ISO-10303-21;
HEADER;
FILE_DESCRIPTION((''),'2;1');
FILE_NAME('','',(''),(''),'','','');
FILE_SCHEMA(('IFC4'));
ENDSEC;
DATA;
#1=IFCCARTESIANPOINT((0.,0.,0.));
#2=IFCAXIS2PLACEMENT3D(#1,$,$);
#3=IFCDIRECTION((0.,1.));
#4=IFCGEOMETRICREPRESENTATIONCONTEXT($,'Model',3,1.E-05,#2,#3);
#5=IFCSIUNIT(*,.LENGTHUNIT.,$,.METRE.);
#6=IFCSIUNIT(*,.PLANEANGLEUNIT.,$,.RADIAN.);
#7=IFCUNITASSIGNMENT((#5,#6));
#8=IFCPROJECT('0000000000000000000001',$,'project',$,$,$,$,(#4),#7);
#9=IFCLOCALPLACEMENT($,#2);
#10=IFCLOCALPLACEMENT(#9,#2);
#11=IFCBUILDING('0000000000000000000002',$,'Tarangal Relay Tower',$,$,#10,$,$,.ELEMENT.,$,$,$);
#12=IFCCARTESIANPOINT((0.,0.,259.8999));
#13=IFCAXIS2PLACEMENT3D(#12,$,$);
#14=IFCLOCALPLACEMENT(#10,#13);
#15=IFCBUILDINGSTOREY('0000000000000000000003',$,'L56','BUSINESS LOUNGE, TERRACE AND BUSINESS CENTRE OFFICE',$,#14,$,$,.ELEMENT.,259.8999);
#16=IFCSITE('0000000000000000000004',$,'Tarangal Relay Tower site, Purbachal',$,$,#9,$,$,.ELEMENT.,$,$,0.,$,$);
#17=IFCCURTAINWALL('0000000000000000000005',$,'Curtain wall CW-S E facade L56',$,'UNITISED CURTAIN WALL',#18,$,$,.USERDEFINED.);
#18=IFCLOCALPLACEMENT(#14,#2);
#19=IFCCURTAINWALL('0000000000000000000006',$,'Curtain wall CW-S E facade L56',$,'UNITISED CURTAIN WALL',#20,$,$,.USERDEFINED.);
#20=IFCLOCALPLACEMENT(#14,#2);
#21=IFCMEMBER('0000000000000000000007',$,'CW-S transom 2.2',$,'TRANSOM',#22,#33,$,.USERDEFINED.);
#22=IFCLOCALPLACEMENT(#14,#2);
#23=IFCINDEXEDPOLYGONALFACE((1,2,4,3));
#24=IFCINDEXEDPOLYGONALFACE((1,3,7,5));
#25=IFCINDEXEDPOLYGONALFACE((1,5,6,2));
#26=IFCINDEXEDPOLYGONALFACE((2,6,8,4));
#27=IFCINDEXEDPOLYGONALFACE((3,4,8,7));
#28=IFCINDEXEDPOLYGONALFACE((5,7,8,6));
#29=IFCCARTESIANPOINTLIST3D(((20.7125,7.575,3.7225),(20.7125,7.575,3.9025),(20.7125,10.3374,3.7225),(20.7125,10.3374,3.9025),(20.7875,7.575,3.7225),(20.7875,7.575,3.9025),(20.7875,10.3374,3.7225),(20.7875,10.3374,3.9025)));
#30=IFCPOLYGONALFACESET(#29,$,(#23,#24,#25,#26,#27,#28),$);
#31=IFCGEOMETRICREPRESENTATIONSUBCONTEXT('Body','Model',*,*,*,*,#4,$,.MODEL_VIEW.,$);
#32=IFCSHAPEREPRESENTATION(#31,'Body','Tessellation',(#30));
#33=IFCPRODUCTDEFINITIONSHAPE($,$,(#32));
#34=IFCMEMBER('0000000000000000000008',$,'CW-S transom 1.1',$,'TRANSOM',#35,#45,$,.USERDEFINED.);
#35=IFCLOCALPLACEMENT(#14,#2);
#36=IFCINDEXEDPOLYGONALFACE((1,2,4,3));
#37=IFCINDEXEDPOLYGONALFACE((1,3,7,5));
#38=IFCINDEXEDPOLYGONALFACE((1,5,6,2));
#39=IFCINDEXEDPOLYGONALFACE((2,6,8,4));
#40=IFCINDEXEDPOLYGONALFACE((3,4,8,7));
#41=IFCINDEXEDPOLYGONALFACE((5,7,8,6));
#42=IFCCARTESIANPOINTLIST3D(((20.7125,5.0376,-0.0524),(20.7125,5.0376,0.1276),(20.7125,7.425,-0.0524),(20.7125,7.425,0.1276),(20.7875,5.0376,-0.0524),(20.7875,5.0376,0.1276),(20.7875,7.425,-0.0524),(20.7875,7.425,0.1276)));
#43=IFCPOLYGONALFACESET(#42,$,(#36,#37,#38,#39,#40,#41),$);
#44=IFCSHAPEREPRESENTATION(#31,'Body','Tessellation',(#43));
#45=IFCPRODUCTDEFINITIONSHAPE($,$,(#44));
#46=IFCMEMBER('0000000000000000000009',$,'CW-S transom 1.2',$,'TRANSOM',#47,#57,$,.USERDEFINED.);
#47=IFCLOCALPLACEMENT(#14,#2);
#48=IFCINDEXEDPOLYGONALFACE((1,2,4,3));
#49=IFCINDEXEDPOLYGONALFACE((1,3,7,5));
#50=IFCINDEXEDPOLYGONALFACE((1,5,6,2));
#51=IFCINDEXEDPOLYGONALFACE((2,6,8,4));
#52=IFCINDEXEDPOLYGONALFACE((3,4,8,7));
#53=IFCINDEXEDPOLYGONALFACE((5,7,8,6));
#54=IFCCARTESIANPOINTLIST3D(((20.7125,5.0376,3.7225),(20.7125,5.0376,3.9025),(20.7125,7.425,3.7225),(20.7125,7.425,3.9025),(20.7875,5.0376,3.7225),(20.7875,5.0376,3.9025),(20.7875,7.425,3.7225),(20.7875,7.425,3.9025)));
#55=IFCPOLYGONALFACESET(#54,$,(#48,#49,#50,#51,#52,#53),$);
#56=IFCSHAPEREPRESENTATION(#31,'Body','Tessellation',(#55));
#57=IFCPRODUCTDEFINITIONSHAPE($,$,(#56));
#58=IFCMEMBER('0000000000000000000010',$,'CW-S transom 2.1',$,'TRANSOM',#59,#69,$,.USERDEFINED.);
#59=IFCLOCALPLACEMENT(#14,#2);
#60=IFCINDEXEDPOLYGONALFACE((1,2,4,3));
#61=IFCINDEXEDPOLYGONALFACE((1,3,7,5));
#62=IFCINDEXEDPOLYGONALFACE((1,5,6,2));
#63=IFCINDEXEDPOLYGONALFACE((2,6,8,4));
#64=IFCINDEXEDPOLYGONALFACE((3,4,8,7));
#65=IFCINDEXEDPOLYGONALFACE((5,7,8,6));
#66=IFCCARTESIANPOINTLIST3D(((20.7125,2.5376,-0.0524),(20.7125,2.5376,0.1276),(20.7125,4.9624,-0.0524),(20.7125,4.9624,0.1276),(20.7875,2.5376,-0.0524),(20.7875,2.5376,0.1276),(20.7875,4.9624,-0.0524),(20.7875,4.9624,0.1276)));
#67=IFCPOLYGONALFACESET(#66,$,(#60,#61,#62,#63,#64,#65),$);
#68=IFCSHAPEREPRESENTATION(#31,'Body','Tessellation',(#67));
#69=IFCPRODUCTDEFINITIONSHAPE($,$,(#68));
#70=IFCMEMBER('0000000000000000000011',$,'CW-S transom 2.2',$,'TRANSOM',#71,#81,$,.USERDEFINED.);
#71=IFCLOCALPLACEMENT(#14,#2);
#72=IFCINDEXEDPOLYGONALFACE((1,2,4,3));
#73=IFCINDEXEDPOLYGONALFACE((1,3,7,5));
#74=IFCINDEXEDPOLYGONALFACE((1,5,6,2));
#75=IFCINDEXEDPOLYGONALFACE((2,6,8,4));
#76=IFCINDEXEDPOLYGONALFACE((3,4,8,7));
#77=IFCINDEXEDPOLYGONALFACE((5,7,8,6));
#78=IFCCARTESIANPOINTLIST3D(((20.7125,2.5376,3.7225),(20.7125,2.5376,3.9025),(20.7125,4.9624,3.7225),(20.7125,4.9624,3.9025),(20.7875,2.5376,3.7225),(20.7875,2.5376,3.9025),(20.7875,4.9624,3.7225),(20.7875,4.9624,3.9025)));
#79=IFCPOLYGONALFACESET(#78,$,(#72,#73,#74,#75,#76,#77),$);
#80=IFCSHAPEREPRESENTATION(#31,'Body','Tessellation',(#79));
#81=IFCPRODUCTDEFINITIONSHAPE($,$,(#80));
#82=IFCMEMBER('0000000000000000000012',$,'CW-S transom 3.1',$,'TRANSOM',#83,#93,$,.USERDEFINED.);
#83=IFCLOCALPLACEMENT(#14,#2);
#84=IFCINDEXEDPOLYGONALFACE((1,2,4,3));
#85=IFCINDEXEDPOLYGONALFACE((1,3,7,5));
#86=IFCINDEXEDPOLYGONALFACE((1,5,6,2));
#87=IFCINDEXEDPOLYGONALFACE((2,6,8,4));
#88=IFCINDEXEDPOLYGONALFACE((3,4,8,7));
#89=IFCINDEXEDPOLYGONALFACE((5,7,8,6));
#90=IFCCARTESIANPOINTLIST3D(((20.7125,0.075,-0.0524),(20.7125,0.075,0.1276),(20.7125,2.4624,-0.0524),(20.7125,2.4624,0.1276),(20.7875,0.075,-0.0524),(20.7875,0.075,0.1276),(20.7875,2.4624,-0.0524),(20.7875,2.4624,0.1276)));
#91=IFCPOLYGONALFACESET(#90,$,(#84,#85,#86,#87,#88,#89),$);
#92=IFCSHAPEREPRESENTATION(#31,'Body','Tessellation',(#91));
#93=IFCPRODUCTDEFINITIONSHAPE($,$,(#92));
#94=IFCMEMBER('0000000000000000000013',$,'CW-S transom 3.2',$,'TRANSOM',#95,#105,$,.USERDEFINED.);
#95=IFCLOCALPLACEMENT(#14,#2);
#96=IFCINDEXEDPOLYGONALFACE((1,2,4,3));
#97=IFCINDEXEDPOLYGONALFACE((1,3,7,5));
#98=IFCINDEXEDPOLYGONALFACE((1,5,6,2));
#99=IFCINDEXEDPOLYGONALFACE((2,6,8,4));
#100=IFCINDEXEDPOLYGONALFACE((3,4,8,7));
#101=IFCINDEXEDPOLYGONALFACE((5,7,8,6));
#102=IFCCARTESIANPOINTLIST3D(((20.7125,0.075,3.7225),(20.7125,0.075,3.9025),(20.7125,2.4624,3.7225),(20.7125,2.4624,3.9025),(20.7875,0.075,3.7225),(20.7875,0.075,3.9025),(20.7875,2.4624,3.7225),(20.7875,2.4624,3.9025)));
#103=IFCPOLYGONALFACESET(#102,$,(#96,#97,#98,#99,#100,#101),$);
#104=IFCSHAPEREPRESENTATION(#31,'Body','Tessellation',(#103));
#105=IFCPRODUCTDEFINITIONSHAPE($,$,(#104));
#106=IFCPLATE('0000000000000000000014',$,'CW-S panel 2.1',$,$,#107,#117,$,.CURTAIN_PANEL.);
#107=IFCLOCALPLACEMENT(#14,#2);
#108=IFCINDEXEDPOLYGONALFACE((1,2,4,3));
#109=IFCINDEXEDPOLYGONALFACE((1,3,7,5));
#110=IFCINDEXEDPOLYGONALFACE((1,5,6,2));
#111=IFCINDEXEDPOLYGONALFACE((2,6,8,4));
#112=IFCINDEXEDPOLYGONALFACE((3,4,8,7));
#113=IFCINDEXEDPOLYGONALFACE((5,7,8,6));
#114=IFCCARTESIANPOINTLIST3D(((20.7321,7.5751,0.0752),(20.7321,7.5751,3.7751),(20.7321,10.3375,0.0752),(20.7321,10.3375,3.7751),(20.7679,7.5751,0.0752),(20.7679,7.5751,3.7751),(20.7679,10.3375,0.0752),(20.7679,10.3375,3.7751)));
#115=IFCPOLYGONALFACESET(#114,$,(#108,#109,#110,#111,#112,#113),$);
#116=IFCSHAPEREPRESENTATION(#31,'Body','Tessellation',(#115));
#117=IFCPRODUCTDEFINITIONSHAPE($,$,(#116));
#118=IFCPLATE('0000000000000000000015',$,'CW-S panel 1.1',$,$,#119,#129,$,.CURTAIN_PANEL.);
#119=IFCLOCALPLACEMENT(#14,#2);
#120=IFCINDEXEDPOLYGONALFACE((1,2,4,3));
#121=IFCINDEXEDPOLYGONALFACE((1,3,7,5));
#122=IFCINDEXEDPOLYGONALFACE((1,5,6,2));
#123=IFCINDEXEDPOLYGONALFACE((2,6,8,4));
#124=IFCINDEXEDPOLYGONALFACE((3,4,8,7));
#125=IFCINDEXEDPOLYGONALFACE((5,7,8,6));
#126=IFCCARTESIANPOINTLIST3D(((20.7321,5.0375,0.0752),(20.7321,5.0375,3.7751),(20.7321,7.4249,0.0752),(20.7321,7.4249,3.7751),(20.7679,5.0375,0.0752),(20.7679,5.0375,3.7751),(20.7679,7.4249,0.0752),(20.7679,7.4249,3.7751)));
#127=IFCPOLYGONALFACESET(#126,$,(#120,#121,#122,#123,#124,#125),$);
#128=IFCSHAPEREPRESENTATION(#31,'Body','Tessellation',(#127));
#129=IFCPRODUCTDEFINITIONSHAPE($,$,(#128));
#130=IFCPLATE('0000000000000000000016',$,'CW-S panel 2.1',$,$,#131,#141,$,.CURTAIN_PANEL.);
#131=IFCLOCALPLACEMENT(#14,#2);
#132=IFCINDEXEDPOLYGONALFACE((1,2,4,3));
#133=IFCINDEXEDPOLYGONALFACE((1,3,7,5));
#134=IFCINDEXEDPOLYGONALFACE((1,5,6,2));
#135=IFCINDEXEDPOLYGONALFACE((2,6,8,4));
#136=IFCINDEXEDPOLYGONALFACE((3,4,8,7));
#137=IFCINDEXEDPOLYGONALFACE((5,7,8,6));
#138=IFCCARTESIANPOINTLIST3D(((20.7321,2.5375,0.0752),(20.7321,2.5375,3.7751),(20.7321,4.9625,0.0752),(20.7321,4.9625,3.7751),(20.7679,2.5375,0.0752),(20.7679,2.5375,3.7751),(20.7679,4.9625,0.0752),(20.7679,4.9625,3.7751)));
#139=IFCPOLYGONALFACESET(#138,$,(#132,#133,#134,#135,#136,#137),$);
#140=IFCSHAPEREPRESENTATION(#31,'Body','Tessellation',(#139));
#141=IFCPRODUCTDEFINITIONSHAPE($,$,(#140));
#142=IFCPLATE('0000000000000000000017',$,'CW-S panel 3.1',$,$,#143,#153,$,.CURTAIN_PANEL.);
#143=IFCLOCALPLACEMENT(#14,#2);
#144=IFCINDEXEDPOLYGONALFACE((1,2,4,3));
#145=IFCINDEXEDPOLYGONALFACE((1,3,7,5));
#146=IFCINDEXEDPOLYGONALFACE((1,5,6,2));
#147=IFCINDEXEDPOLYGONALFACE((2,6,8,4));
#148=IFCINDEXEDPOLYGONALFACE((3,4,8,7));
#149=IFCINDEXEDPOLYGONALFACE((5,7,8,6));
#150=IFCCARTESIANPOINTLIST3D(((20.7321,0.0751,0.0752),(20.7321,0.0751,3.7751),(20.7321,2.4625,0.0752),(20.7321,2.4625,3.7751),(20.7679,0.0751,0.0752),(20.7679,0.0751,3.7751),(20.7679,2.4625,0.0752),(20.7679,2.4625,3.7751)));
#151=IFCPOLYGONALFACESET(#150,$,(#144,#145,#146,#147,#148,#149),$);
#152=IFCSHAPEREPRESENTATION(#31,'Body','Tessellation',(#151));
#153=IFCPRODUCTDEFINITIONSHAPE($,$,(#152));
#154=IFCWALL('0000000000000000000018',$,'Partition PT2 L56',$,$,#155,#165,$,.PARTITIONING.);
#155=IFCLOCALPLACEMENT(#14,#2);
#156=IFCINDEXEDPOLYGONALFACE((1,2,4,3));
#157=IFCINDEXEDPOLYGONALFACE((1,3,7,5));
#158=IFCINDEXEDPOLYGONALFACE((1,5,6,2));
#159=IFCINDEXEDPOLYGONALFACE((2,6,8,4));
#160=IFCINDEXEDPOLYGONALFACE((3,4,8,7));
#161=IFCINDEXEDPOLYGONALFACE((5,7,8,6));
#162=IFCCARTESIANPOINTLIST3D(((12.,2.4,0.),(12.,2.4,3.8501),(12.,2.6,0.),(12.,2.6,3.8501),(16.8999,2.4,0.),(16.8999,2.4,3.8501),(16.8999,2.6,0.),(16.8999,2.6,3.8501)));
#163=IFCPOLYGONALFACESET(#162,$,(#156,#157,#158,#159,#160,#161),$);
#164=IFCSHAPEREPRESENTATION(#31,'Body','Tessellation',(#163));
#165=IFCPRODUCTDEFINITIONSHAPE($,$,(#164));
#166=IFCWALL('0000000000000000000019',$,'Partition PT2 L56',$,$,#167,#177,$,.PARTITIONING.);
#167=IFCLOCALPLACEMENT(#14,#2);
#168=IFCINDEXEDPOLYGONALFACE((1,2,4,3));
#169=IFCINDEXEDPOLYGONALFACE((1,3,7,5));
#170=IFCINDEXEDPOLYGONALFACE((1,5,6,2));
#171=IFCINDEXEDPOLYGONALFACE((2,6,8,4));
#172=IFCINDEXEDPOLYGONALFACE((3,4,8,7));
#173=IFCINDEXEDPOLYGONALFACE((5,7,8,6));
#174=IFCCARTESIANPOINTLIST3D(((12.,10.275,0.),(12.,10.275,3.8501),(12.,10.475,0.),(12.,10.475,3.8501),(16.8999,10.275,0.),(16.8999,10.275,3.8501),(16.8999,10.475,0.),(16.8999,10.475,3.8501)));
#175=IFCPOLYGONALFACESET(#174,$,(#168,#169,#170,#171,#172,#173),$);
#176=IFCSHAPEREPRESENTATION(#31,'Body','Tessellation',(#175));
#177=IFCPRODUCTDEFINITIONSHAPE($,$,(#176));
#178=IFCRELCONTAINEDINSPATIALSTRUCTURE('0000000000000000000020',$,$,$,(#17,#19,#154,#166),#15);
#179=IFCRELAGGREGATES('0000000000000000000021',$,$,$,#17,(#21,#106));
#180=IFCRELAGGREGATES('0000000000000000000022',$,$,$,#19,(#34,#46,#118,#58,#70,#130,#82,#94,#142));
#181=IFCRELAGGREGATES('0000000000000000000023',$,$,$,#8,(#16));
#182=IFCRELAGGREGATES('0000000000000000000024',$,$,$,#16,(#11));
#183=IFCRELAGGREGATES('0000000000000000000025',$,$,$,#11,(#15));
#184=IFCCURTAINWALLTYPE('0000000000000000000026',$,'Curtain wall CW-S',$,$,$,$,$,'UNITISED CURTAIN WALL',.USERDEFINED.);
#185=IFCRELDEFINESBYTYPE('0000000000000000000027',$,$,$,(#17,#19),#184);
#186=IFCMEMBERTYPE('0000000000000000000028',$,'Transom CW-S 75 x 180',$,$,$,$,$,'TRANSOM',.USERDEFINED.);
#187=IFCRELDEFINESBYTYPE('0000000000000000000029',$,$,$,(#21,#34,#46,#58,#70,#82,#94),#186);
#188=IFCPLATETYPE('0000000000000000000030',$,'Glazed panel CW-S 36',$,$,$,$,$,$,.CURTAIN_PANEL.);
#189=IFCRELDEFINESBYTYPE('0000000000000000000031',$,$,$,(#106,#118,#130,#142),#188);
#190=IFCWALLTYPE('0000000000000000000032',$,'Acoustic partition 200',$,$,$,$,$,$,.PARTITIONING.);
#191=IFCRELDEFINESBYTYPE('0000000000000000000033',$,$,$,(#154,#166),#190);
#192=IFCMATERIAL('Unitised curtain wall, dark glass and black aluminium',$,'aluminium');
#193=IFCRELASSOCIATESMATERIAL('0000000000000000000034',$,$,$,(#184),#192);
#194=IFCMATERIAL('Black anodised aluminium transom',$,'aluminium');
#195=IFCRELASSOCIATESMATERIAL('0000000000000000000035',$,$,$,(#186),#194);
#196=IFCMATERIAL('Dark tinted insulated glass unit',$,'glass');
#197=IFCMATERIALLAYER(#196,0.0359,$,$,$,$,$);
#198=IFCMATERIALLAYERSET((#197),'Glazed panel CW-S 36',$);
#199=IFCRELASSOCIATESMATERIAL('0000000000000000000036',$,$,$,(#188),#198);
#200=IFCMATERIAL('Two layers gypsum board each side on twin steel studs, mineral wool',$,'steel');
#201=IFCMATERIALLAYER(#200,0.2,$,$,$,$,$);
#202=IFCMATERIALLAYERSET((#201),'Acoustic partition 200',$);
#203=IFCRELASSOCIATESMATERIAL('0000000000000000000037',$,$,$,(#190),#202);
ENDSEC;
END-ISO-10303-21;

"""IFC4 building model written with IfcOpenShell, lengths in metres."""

from ifc_helpers import new_model, si_unit, direction, frame, frame_2d, origin, origin_2d, place, context, subcontext, project, spatial, rectangle, extrude, material, layer, layer_set, material_profile, profile_set, type_object, element, aggregate, save


model = new_model("IFC4")

# Units and contexts
model_context = context("Model", 3, precision=1e-05, world=origin(), true_north=direction((0.0, 1.0)))
body_context = subcontext(model_context, "Body", "Model", "MODEL_VIEW")
ifc_project = project(units=[si_unit("LENGTHUNIT", "METRE"), si_unit("PLANEANGLEUNIT", "RADIAN")], contexts=[model_context])

# Site, building, storey
site_placement = place(None, origin())
site = spatial("IfcSite", under=ifc_project, at=site_placement, Name="Tarangal Relay Tower site, Purbachal", CompositionType="ELEMENT", RefElevation=0.0)
building_placement = place(site_placement, origin())
building = spatial("IfcBuilding", under=site, at=building_placement, Name="Tarangal Relay Tower", CompositionType="ELEMENT")
storey_placement = place(building_placement, frame((0.0, 0.0, 259.8999)))
storey = spatial("IfcBuildingStorey", under=building, at=storey_placement, Name="L56", Description="BUSINESS LOUNGE, TERRACE AND BUSINESS CENTRE OFFICE", CompositionType="ELEMENT", Elevation=259.8999)

# Curtain wall
ifc_material_1 = material(Name="Unitised curtain wall, dark glass and black aluminium", Category="aluminium")
curtain_wall_type = type_object("IfcCurtainWallType", Name="Curtain wall CW-S", ElementType="UNITISED CURTAIN WALL", PredefinedType="USERDEFINED", material=ifc_material_1)
curtain_wall_1_placement = place(storey_placement, origin())
curtain_wall_1 = element("IfcCurtainWall", 1, at=curtain_wall_1_placement, inside=storey, type_object=curtain_wall_type, Name="Curtain wall CW-S E facade L56", ObjectType="UNITISED CURTAIN WALL", PredefinedType="USERDEFINED")

# Curtain wall
curtain_wall_2_placement = place(storey_placement, origin())
curtain_wall_2 = element("IfcCurtainWall", 2, at=curtain_wall_2_placement, inside=storey, type_object=curtain_wall_type, Name="Curtain wall CW-S E facade L56", ObjectType="UNITISED CURTAIN WALL", PredefinedType="USERDEFINED")

# Members
ifc_material_2 = material(Name="Black anodised aluminium transom", Category="aluminium")
ifc_material_profile_1 = material_profile(ifc_material_2, rectangle(XDim=0.075, YDim=0.1799, at=origin_2d()), Name="CW-ST 75X180")
ifc_profile_set_1 = profile_set([ifc_material_profile_1], Name="Black anodised aluminium transom")
member_type_1 = type_object("IfcMemberType", Name="Transom CW-S 75 x 180", ElementType="TRANSOM", PredefinedType="USERDEFINED", material=ifc_profile_set_1)
member_1_placement = place(storey_placement, frame((20.75, 10.3374, 3.8125), z_axis=(0.0, -1.0, 0.0), x_axis=(1.0, 0.0, 0.0)))
member_1 = element("IfcMember", 3, at=member_1_placement, type_object=member_type_1, Name="CW-S transom 2.2", ObjectType="TRANSOM", PredefinedType="USERDEFINED", context=body_context, shape_type="SweptSolid", body=[
    extrude(rectangle(XDim=0.075, YDim=0.1799, at=origin_2d()), origin(), (0.0, 0.0, 1.0), 2.7625),
])
member_2_placement = place(storey_placement, frame((20.75, 7.425, 0.0376), z_axis=(0.0, -1.0, 0.0), x_axis=(1.0, 0.0, 0.0)))
member_2 = element("IfcMember", 4, at=member_2_placement, type_object=member_type_1, Name="CW-S transom 1.1", ObjectType="TRANSOM", PredefinedType="USERDEFINED", context=body_context, shape_type="SweptSolid", body=[
    extrude(rectangle(XDim=0.075, YDim=0.1799, at=origin_2d()), origin(), (0.0, 0.0, 1.0), 2.3875),
])
member_3_placement = place(storey_placement, frame((20.75, 7.425, 3.8125), z_axis=(0.0, -1.0, 0.0), x_axis=(1.0, 0.0, 0.0)))
member_3 = element("IfcMember", 5, at=member_3_placement, type_object=member_type_1, Name="CW-S transom 1.2", ObjectType="TRANSOM", PredefinedType="USERDEFINED", context=body_context, shape_type="SweptSolid", body=[
    extrude(rectangle(XDim=0.075, YDim=0.1799, at=origin_2d()), origin(), (0.0, 0.0, 1.0), 2.3875),
])
member_4_placement = place(storey_placement, frame((20.75, 4.9624, 0.0376), z_axis=(0.0, -1.0, 0.0), x_axis=(1.0, 0.0, 0.0)))
member_4 = element("IfcMember", 6, at=member_4_placement, type_object=member_type_1, Name="CW-S transom 2.1", ObjectType="TRANSOM", PredefinedType="USERDEFINED", context=body_context, shape_type="SweptSolid", body=[
    extrude(rectangle(XDim=0.075, YDim=0.1799, at=origin_2d()), origin(), (0.0, 0.0, 1.0), 2.4248),
])
member_5_placement = place(storey_placement, frame((20.75, 4.9624, 3.8125), z_axis=(0.0, -1.0, 0.0), x_axis=(1.0, 0.0, 0.0)))
member_5 = element("IfcMember", 7, at=member_5_placement, type_object=member_type_1, Name="CW-S transom 2.2", ObjectType="TRANSOM", PredefinedType="USERDEFINED", context=body_context, shape_type="SweptSolid", body=[
    extrude(rectangle(XDim=0.075, YDim=0.1799, at=origin_2d()), origin(), (0.0, 0.0, 1.0), 2.4248),
])
member_6_placement = place(storey_placement, frame((20.75, 2.4624, 0.0376), z_axis=(0.0, -1.0, 0.0), x_axis=(1.0, 0.0, 0.0)))
member_6 = element("IfcMember", 8, at=member_6_placement, type_object=member_type_1, Name="CW-S transom 3.1", ObjectType="TRANSOM", PredefinedType="USERDEFINED", context=body_context, shape_type="SweptSolid", body=[
    extrude(rectangle(XDim=0.075, YDim=0.1799, at=origin_2d()), origin(), (0.0, 0.0, 1.0), 2.3875),
])
member_7_placement = place(storey_placement, frame((20.75, 2.4624, 3.8125), z_axis=(0.0, -1.0, 0.0), x_axis=(1.0, 0.0, 0.0)))
member_7 = element("IfcMember", 9, at=member_7_placement, type_object=member_type_1, Name="CW-S transom 3.2", ObjectType="TRANSOM", PredefinedType="USERDEFINED", context=body_context, shape_type="SweptSolid", body=[
    extrude(rectangle(XDim=0.075, YDim=0.1799, at=origin_2d()), origin(), (0.0, 0.0, 1.0), 2.3875),
])

# Plates
ifc_material_3 = material(Name="Dark tinted insulated glass unit", Category="glass")
ifc_layer_1 = layer(ifc_material_3, 0.0359)
ifc_layer_set_1 = layer_set([ifc_layer_1], Name="Glazed panel CW-S 36")
plate_type = type_object("IfcPlateType", Name="Glazed panel CW-S 36", PredefinedType="CURTAIN_PANEL", material=ifc_layer_set_1)
plate_1_placement = place(storey_placement, frame((20.75, 8.9563, 0.0752), z_axis=(0.0, 0.0, 1.0), x_axis=(0.0, -1.0, 0.0)))
plate_1 = element("IfcPlate", 10, at=plate_1_placement, type_object=plate_type, Name="CW-S panel 2.1", PredefinedType="CURTAIN_PANEL", context=body_context, shape_type="SweptSolid", body=[
    extrude(rectangle(XDim=2.7625, YDim=0.0359, at=origin_2d()), origin(), (0.0, 0.0, 1.0), 3.7),
])
aggregate(curtain_wall_1, [member_1, plate_1])
plate_2_placement = place(storey_placement, frame((20.75, 6.2312, 0.0752), z_axis=(0.0, 0.0, 1.0), x_axis=(0.0, -1.0, 0.0)))
plate_2 = element("IfcPlate", 11, at=plate_2_placement, type_object=plate_type, Name="CW-S panel 1.1", PredefinedType="CURTAIN_PANEL", context=body_context, shape_type="SweptSolid", body=[
    extrude(rectangle(XDim=2.3875, YDim=0.0359, at=origin_2d()), origin(), (0.0, 0.0, 1.0), 3.7),
])
plate_3_placement = place(storey_placement, frame((20.75, 3.75, 0.0752), z_axis=(0.0, 0.0, 1.0), x_axis=(0.0, -1.0, 0.0)))
plate_3 = element("IfcPlate", 12, at=plate_3_placement, type_object=plate_type, Name="CW-S panel 2.1", PredefinedType="CURTAIN_PANEL", context=body_context, shape_type="SweptSolid", body=[
    extrude(rectangle(XDim=2.425, YDim=0.0359, at=origin_2d()), origin(), (0.0, 0.0, 1.0), 3.7),
])
plate_4_placement = place(storey_placement, frame((20.75, 1.2688, 0.0752), z_axis=(0.0, 0.0, 1.0), x_axis=(0.0, -1.0, 0.0)))
plate_4 = element("IfcPlate", 13, at=plate_4_placement, type_object=plate_type, Name="CW-S panel 3.1", PredefinedType="CURTAIN_PANEL", context=body_context, shape_type="SweptSolid", body=[
    extrude(rectangle(XDim=2.3875, YDim=0.0359, at=origin_2d()), origin(), (0.0, 0.0, 1.0), 3.7),
])
aggregate(curtain_wall_2, [member_2, member_3, plate_2, member_4, member_5, plate_3, member_6, member_7, plate_4])

# Walls
ifc_material_4 = material(Name="Two layers gypsum board each side on twin steel studs, mineral wool", Category="steel")
ifc_layer_2 = layer(ifc_material_4, 0.2)
ifc_layer_set_2 = layer_set([ifc_layer_2], Name="Acoustic partition 200")
wall_type = type_object("IfcWallType", Name="Acoustic partition 200", PredefinedType="PARTITIONING", material=ifc_layer_set_2)
for number, where, z_axis, x_axis, name in (
    (14, (12.0, 2.5, 0.0), (0.0, 0.0, 1.0), (1.0, 0.0, 0.0), "Partition PT2 L56"),
    (15, (12.0, 10.375, 0.0), (0.0, 0.0, 1.0), (1.0, 0.0, 0.0), "Partition PT2 L56"),
):
    element("IfcWall", number, at=place(storey_placement, frame(where, z_axis=z_axis, x_axis=x_axis)), inside=storey, type_object=wall_type, Name=name, PredefinedType="PARTITIONING", context=body_context, shape_type="SweptSolid", body=[
        extrude(rectangle(XDim=4.8999, YDim=0.2, at=frame_2d((2.45, 0.0))), origin(), (0.0, 0.0, 1.0), 3.8501),
    ])

save(model, "model.ifc")
